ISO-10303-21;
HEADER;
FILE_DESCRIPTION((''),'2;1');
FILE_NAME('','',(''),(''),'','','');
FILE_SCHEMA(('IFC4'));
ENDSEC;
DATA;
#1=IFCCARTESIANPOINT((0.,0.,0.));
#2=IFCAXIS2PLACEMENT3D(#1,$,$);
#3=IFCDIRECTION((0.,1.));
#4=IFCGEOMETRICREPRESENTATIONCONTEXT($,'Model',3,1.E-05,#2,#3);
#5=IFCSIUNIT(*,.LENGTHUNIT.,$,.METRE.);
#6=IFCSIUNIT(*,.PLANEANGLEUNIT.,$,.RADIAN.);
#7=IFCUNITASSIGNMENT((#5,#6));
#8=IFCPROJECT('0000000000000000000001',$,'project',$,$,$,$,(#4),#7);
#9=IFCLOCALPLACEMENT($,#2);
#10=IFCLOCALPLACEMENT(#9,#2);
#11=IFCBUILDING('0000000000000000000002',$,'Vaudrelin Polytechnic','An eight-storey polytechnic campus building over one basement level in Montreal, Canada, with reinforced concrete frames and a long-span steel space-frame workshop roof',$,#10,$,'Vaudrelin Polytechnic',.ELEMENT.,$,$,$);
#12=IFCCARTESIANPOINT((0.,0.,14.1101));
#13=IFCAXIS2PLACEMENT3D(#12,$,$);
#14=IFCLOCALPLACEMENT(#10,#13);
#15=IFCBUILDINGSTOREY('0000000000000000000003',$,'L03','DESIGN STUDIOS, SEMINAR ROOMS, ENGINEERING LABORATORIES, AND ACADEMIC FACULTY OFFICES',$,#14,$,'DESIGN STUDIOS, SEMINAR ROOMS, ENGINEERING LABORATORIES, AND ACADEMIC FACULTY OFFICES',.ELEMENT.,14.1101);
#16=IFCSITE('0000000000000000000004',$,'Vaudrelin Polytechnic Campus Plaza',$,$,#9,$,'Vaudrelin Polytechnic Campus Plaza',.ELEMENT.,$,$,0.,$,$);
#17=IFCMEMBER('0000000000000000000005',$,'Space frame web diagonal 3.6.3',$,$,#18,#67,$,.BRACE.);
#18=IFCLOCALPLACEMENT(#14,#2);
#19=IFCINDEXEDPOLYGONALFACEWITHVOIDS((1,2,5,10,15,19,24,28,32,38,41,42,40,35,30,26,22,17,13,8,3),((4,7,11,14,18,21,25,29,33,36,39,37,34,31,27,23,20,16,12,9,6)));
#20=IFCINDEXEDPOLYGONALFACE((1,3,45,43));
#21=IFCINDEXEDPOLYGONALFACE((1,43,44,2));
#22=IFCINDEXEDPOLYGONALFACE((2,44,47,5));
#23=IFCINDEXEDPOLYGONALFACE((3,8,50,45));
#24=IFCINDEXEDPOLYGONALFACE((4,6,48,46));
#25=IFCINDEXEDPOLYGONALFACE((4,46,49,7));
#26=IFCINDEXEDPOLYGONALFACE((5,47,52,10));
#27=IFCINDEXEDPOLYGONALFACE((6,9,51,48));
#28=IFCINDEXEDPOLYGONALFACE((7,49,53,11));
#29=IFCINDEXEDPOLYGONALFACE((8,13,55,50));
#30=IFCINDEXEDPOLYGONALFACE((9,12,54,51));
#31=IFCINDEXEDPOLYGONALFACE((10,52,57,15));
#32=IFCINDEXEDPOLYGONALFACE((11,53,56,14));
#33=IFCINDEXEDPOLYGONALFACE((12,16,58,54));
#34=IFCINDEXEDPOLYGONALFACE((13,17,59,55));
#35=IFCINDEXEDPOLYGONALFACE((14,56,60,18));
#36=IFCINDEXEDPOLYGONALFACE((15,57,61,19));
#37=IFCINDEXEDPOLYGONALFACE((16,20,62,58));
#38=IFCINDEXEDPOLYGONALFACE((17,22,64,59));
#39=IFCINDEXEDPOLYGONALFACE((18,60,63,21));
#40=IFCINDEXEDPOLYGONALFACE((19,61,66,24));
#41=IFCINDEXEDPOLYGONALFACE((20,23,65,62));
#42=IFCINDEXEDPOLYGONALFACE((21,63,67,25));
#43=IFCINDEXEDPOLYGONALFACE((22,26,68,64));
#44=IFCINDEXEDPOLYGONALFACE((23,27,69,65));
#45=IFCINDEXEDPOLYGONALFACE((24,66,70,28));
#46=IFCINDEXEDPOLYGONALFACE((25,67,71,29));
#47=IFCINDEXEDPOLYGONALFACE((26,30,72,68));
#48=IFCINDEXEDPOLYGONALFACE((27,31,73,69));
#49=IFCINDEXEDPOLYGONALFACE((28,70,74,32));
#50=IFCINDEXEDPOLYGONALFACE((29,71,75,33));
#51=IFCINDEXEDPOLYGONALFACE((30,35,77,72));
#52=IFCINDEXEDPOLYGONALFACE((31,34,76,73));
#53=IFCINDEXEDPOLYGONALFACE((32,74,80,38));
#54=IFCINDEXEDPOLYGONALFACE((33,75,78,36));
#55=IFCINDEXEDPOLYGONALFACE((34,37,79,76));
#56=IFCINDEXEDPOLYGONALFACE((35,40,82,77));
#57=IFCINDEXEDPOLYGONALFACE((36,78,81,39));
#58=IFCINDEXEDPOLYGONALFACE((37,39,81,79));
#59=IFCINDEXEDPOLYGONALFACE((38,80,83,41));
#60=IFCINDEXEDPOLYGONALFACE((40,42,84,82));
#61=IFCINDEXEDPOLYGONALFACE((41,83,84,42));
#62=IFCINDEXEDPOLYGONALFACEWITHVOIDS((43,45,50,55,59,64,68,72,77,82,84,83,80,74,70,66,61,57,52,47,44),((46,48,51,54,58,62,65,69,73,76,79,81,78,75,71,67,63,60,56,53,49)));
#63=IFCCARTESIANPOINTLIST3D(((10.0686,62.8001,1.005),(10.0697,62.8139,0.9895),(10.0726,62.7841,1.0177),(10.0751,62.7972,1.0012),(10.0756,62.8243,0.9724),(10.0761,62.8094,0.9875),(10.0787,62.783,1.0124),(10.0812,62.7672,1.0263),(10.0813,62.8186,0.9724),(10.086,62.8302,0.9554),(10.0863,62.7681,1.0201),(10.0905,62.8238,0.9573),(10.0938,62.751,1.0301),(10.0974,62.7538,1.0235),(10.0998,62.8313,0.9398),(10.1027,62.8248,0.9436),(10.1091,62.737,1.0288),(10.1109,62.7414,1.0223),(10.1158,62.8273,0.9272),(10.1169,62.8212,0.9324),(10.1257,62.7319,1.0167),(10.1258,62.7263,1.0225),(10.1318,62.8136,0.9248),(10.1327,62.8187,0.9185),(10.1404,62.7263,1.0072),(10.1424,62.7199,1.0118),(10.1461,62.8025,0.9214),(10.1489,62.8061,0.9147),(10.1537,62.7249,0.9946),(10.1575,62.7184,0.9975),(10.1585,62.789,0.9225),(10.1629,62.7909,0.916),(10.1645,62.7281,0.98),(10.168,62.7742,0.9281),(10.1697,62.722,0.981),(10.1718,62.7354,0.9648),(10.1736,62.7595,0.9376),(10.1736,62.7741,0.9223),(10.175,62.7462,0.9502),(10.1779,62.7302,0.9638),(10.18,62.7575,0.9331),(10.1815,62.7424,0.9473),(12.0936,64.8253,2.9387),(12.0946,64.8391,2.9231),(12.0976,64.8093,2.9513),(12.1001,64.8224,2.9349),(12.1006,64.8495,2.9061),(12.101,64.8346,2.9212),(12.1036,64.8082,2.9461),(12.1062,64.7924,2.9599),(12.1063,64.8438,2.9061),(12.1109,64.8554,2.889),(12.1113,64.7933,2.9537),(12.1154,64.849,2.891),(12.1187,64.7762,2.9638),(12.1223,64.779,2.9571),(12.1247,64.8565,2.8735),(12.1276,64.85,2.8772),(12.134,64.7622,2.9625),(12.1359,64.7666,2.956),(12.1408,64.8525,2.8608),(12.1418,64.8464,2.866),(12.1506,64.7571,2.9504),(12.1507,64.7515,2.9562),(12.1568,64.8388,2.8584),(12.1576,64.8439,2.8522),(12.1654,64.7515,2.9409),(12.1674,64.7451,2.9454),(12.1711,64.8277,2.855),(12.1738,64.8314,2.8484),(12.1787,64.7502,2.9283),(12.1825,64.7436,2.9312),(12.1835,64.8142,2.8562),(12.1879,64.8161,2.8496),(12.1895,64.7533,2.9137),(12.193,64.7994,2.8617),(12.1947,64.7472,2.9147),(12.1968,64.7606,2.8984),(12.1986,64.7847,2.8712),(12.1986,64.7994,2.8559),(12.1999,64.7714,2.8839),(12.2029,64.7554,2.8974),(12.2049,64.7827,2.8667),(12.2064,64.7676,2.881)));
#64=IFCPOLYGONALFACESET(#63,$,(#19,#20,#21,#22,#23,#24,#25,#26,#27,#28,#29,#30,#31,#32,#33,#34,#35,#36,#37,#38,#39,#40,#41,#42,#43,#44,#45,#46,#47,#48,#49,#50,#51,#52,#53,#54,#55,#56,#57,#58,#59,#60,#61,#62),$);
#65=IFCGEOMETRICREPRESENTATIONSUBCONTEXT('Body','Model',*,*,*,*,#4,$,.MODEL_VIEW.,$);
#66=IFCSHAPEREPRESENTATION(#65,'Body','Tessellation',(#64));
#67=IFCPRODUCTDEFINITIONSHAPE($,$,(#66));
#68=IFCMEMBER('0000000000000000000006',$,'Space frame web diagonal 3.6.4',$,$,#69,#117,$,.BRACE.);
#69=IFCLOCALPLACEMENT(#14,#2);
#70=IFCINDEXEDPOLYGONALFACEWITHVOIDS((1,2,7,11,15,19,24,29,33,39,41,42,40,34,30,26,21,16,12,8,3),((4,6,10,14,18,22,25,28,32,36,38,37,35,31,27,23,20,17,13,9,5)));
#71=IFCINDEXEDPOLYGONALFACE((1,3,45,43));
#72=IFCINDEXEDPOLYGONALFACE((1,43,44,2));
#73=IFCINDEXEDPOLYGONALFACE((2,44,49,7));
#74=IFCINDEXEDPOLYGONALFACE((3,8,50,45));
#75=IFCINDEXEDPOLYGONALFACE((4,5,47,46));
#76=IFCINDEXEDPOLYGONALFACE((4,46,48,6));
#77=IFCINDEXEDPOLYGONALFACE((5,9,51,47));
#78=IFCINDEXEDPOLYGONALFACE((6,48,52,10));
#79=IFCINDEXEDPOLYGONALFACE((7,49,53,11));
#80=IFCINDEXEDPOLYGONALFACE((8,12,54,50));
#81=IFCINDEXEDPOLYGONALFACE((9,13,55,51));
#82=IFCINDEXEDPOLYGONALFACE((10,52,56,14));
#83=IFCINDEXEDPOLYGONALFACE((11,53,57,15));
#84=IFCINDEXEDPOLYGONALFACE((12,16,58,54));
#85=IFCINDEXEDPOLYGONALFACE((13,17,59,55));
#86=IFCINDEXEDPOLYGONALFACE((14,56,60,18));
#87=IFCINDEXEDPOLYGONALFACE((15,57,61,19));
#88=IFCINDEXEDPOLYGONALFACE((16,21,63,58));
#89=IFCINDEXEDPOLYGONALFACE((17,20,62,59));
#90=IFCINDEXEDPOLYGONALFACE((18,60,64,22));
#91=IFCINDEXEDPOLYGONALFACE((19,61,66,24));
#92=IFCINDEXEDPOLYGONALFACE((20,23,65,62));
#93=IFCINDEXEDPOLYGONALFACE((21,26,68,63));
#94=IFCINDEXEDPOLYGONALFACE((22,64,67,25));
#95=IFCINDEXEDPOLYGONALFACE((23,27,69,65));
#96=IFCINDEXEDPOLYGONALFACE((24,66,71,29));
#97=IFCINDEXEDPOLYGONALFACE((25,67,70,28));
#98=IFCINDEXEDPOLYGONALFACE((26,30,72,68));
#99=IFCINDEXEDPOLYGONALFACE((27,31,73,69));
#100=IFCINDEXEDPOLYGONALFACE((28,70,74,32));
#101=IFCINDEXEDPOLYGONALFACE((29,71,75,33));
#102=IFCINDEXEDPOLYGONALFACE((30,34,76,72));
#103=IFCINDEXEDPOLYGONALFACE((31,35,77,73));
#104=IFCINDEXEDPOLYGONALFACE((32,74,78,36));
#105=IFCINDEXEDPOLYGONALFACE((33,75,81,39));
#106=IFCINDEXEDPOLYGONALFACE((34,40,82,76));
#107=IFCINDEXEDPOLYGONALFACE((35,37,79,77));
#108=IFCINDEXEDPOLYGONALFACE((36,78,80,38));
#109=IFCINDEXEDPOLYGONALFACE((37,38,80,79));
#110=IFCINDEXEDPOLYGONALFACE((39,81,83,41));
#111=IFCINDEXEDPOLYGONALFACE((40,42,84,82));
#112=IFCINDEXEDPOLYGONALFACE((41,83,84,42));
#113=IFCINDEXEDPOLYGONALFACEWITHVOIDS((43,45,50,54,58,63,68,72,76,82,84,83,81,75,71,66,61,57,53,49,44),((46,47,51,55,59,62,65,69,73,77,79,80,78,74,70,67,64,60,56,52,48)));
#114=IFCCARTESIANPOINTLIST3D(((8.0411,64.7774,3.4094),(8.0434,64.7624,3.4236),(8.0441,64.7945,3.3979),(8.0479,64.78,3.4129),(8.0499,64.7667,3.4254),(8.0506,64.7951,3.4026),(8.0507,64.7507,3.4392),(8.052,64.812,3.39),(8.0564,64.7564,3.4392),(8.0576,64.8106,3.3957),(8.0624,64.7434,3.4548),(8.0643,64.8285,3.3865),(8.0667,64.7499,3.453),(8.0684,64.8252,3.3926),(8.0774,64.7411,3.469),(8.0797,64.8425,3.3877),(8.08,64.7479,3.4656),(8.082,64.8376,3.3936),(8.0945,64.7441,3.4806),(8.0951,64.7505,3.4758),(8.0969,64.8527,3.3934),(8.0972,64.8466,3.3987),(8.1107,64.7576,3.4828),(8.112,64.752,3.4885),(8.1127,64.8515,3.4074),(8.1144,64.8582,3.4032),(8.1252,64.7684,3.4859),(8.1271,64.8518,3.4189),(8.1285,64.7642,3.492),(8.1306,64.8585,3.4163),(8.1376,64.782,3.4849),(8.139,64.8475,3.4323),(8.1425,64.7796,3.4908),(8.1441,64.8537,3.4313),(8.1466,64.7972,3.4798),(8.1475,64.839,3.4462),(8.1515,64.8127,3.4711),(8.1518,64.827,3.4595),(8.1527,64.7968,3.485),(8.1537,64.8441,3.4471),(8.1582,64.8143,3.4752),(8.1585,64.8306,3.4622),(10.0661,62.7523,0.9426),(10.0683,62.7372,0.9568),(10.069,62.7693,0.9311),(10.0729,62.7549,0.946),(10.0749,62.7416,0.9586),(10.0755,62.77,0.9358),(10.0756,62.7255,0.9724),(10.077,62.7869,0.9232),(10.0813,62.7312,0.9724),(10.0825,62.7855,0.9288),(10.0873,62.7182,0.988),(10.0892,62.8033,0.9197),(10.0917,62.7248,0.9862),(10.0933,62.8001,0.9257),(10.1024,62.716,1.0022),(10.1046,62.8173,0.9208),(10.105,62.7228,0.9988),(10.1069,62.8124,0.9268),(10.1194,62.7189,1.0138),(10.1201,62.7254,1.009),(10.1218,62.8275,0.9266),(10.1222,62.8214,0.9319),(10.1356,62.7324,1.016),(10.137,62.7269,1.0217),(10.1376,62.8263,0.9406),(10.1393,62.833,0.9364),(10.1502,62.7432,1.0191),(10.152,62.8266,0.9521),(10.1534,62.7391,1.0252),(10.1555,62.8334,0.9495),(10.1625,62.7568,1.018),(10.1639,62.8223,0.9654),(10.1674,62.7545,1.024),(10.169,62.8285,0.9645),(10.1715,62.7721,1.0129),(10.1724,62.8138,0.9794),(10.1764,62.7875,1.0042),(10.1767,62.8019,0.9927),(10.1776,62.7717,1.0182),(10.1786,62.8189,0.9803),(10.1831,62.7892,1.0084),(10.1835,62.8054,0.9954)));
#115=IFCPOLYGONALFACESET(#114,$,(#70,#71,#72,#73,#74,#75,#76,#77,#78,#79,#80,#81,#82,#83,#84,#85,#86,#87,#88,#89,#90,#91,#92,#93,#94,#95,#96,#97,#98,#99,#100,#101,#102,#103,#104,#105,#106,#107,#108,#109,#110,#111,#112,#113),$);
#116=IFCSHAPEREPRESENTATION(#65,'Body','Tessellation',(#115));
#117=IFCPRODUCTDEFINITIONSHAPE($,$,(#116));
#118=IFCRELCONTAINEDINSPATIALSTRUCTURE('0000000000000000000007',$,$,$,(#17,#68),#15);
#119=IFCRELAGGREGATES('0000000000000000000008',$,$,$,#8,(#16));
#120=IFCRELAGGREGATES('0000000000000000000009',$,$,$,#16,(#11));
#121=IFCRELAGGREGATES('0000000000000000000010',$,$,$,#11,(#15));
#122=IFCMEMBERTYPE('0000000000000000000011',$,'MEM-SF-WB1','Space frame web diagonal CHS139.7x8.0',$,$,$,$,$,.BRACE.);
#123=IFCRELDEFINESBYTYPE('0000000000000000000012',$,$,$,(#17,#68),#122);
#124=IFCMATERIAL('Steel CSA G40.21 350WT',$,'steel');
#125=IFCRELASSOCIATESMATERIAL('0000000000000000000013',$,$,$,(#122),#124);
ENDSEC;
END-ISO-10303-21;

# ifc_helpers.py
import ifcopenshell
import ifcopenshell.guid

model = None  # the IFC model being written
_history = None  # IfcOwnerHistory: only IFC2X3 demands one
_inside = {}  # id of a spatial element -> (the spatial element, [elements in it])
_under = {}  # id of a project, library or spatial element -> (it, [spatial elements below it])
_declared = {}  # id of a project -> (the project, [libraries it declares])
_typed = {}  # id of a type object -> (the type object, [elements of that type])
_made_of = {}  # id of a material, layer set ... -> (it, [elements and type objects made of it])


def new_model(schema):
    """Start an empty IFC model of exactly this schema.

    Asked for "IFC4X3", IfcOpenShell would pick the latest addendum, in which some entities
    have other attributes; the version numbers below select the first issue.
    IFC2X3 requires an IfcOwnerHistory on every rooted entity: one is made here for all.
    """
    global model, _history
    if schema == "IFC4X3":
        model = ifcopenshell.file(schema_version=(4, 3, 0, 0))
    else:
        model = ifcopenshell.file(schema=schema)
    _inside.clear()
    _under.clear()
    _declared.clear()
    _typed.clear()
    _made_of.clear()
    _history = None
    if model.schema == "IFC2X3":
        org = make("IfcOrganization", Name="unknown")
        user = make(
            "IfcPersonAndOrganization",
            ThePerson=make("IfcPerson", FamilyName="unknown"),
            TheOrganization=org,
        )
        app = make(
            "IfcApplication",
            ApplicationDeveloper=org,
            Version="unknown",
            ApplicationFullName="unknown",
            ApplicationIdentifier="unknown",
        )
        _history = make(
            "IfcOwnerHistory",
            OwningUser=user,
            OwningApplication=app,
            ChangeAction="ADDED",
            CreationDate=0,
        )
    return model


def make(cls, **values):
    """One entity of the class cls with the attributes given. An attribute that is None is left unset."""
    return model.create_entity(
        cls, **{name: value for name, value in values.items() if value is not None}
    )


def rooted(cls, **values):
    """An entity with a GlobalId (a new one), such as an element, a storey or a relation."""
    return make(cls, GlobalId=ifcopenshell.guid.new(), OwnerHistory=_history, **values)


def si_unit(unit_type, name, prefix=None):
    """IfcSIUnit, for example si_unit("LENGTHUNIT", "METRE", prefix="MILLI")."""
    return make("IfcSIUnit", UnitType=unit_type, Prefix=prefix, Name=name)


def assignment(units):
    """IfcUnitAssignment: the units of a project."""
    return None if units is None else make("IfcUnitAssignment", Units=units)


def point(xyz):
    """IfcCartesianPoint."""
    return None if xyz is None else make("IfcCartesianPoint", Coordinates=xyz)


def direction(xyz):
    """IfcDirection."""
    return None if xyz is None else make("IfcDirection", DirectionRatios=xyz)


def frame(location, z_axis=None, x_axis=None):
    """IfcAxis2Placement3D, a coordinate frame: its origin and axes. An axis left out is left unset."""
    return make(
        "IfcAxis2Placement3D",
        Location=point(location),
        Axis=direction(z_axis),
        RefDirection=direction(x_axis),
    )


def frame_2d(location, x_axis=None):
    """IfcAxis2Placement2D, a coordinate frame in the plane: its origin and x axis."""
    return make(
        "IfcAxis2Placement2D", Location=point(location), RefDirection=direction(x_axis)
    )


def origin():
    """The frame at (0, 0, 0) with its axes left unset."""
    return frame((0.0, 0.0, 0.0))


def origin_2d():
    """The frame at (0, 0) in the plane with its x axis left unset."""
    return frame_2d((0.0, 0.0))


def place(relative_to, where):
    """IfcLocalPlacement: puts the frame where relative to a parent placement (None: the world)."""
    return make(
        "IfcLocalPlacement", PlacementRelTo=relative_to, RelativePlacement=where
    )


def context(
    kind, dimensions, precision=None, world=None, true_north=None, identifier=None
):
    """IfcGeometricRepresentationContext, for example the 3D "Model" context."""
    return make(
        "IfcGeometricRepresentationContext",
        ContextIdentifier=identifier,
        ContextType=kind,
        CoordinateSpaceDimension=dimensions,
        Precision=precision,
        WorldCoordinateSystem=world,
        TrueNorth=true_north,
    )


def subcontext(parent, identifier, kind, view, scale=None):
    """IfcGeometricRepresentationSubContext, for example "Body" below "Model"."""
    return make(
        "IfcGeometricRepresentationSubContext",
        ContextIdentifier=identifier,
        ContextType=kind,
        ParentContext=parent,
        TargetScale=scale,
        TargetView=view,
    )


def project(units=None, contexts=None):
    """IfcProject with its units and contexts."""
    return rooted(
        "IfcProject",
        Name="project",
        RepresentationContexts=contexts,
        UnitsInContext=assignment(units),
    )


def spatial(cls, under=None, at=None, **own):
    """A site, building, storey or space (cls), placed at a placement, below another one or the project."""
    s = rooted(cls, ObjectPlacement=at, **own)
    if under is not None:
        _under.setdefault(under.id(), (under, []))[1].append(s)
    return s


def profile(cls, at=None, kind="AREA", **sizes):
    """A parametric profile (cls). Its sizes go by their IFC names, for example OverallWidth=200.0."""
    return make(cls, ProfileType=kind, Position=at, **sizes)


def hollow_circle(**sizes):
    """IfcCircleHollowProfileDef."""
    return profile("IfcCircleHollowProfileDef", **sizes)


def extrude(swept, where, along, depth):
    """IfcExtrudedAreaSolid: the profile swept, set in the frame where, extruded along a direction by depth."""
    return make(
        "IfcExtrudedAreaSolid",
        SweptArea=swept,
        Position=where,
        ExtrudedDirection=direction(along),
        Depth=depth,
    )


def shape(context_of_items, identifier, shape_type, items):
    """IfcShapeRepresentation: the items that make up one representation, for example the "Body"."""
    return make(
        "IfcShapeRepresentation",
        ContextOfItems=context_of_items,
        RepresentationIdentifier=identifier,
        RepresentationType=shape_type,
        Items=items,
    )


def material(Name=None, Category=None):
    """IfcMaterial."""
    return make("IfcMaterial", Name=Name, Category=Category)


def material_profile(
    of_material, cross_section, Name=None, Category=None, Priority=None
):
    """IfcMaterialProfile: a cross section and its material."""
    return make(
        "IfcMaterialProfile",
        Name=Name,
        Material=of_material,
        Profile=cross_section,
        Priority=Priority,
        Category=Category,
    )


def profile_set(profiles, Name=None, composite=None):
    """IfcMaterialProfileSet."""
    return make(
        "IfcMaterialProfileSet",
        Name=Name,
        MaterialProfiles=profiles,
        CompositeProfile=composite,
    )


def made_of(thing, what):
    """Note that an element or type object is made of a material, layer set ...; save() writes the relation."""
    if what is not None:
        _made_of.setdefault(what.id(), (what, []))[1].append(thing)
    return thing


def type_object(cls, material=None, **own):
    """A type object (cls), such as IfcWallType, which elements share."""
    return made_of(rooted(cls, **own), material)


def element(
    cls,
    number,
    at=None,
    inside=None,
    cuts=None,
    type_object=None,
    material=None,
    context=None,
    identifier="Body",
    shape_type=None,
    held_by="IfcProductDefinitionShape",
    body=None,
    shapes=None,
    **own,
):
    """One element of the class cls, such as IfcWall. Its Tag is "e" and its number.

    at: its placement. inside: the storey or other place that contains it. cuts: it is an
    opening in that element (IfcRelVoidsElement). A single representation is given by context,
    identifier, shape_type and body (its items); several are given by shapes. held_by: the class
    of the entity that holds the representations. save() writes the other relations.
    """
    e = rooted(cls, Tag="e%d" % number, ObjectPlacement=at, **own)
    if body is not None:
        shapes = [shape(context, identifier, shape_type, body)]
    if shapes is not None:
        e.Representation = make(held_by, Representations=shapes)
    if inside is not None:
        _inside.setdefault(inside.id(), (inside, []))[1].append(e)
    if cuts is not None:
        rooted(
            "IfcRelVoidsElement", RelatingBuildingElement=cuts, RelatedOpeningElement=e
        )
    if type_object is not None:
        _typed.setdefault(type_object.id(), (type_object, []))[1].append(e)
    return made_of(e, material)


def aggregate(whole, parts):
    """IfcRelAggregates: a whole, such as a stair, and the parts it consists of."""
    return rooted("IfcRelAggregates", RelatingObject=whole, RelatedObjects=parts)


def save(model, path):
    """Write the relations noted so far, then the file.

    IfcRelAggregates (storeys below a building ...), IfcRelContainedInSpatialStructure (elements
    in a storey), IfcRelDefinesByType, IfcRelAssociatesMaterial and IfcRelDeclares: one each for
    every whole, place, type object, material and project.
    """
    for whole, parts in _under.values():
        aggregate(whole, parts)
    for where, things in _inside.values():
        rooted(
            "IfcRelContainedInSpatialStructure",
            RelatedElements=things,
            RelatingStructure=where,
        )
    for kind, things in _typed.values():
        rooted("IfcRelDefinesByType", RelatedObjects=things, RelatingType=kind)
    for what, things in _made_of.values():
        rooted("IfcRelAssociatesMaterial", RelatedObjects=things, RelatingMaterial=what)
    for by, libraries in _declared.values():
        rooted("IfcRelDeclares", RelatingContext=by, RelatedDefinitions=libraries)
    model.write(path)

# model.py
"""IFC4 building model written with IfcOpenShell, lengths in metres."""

from ifc_helpers import new_model, si_unit, direction, frame, origin, origin_2d, place, context, subcontext, project, spatial, hollow_circle, extrude, material, material_profile, profile_set, type_object, element, save


model = new_model("IFC4")

# Units and contexts
model_context = context("Model", 3, precision=1e-05, world=origin(), true_north=direction((0.0, 1.0)))
body_context = subcontext(model_context, "Body", "Model", "MODEL_VIEW")
ifc_project = project(units=[si_unit("LENGTHUNIT", "METRE"), si_unit("PLANEANGLEUNIT", "RADIAN")], contexts=[model_context])

# Site, building, storey
site_placement = place(None, origin())
site = spatial("IfcSite", under=ifc_project, at=site_placement, Name="Vaudrelin Polytechnic Campus Plaza", LongName="Vaudrelin Polytechnic Campus Plaza", CompositionType="ELEMENT", RefElevation=0.0)
building_placement = place(site_placement, origin())
building = spatial("IfcBuilding", under=site, at=building_placement, Name="Vaudrelin Polytechnic", Description="An eight-storey polytechnic campus building over one basement level in Montreal, Canada, with reinforced concrete frames and a long-span steel space-frame workshop roof", LongName="Vaudrelin Polytechnic", CompositionType="ELEMENT")
storey_placement = place(building_placement, frame((0.0, 0.0, 14.1101)))
storey = spatial("IfcBuildingStorey", under=building, at=storey_placement, Name="L03", Description="DESIGN STUDIOS, SEMINAR ROOMS, ENGINEERING LABORATORIES, AND ACADEMIC FACULTY OFFICES", LongName="DESIGN STUDIOS, SEMINAR ROOMS, ENGINEERING LABORATORIES, AND ACADEMIC FACULTY OFFICES", CompositionType="ELEMENT", Elevation=14.1101)

# Members
ifc_material = material(Name="Steel CSA G40.21 350WT", Category="steel")
ifc_material_profile_1 = material_profile(ifc_material, hollow_circle(Radius=0.0698, WallThickness=0.0081, at=origin_2d()), Name="CHS139.7x8.0")
ifc_profile_set_1 = profile_set([ifc_material_profile_1], Name="Steel CSA G40.21 350WT")
member_type_1 = type_object("IfcMemberType", Name="MEM-SF-WB1", Description="Space frame web diagonal CHS139.7x8.0", PredefinedType="BRACE", material=ifc_profile_set_1)
member_1_placement = place(storey_placement, frame((10.125, 62.7749, 0.9724), z_axis=(0.586, 0.586071, 0.559576), x_axis=(-0.707149, 0.707064, 0.0)))
element("IfcMember", 1, at=member_1_placement, inside=storey, type_object=member_type_1, Name="Space frame web diagonal 3.6.3", PredefinedType="BRACE", context=body_context, shape_type="SweptSolid", body=[
    extrude(hollow_circle(Radius=0.0698, WallThickness=0.0081, at=origin_2d()), origin(), (0.0, 0.0, 1.0), 3.4556),
])
member_2_placement = place(storey_placement, frame((10.125, 62.7749, 0.9724), z_axis=(-0.535723, 0.535788, 0.652634), x_axis=(-0.707149, -0.707064, 0.0)))
element("IfcMember", 2, at=member_2_placement, inside=storey, type_object=member_type_1, Name="Space frame web diagonal 3.6.4", PredefinedType="BRACE", context=body_context, shape_type="SweptSolid", body=[
    extrude(hollow_circle(Radius=0.0698, WallThickness=0.0081, at=origin_2d()), origin(), (0.0, 0.0, 1.0), 3.7798),
])

save(model, "model.ifc")
